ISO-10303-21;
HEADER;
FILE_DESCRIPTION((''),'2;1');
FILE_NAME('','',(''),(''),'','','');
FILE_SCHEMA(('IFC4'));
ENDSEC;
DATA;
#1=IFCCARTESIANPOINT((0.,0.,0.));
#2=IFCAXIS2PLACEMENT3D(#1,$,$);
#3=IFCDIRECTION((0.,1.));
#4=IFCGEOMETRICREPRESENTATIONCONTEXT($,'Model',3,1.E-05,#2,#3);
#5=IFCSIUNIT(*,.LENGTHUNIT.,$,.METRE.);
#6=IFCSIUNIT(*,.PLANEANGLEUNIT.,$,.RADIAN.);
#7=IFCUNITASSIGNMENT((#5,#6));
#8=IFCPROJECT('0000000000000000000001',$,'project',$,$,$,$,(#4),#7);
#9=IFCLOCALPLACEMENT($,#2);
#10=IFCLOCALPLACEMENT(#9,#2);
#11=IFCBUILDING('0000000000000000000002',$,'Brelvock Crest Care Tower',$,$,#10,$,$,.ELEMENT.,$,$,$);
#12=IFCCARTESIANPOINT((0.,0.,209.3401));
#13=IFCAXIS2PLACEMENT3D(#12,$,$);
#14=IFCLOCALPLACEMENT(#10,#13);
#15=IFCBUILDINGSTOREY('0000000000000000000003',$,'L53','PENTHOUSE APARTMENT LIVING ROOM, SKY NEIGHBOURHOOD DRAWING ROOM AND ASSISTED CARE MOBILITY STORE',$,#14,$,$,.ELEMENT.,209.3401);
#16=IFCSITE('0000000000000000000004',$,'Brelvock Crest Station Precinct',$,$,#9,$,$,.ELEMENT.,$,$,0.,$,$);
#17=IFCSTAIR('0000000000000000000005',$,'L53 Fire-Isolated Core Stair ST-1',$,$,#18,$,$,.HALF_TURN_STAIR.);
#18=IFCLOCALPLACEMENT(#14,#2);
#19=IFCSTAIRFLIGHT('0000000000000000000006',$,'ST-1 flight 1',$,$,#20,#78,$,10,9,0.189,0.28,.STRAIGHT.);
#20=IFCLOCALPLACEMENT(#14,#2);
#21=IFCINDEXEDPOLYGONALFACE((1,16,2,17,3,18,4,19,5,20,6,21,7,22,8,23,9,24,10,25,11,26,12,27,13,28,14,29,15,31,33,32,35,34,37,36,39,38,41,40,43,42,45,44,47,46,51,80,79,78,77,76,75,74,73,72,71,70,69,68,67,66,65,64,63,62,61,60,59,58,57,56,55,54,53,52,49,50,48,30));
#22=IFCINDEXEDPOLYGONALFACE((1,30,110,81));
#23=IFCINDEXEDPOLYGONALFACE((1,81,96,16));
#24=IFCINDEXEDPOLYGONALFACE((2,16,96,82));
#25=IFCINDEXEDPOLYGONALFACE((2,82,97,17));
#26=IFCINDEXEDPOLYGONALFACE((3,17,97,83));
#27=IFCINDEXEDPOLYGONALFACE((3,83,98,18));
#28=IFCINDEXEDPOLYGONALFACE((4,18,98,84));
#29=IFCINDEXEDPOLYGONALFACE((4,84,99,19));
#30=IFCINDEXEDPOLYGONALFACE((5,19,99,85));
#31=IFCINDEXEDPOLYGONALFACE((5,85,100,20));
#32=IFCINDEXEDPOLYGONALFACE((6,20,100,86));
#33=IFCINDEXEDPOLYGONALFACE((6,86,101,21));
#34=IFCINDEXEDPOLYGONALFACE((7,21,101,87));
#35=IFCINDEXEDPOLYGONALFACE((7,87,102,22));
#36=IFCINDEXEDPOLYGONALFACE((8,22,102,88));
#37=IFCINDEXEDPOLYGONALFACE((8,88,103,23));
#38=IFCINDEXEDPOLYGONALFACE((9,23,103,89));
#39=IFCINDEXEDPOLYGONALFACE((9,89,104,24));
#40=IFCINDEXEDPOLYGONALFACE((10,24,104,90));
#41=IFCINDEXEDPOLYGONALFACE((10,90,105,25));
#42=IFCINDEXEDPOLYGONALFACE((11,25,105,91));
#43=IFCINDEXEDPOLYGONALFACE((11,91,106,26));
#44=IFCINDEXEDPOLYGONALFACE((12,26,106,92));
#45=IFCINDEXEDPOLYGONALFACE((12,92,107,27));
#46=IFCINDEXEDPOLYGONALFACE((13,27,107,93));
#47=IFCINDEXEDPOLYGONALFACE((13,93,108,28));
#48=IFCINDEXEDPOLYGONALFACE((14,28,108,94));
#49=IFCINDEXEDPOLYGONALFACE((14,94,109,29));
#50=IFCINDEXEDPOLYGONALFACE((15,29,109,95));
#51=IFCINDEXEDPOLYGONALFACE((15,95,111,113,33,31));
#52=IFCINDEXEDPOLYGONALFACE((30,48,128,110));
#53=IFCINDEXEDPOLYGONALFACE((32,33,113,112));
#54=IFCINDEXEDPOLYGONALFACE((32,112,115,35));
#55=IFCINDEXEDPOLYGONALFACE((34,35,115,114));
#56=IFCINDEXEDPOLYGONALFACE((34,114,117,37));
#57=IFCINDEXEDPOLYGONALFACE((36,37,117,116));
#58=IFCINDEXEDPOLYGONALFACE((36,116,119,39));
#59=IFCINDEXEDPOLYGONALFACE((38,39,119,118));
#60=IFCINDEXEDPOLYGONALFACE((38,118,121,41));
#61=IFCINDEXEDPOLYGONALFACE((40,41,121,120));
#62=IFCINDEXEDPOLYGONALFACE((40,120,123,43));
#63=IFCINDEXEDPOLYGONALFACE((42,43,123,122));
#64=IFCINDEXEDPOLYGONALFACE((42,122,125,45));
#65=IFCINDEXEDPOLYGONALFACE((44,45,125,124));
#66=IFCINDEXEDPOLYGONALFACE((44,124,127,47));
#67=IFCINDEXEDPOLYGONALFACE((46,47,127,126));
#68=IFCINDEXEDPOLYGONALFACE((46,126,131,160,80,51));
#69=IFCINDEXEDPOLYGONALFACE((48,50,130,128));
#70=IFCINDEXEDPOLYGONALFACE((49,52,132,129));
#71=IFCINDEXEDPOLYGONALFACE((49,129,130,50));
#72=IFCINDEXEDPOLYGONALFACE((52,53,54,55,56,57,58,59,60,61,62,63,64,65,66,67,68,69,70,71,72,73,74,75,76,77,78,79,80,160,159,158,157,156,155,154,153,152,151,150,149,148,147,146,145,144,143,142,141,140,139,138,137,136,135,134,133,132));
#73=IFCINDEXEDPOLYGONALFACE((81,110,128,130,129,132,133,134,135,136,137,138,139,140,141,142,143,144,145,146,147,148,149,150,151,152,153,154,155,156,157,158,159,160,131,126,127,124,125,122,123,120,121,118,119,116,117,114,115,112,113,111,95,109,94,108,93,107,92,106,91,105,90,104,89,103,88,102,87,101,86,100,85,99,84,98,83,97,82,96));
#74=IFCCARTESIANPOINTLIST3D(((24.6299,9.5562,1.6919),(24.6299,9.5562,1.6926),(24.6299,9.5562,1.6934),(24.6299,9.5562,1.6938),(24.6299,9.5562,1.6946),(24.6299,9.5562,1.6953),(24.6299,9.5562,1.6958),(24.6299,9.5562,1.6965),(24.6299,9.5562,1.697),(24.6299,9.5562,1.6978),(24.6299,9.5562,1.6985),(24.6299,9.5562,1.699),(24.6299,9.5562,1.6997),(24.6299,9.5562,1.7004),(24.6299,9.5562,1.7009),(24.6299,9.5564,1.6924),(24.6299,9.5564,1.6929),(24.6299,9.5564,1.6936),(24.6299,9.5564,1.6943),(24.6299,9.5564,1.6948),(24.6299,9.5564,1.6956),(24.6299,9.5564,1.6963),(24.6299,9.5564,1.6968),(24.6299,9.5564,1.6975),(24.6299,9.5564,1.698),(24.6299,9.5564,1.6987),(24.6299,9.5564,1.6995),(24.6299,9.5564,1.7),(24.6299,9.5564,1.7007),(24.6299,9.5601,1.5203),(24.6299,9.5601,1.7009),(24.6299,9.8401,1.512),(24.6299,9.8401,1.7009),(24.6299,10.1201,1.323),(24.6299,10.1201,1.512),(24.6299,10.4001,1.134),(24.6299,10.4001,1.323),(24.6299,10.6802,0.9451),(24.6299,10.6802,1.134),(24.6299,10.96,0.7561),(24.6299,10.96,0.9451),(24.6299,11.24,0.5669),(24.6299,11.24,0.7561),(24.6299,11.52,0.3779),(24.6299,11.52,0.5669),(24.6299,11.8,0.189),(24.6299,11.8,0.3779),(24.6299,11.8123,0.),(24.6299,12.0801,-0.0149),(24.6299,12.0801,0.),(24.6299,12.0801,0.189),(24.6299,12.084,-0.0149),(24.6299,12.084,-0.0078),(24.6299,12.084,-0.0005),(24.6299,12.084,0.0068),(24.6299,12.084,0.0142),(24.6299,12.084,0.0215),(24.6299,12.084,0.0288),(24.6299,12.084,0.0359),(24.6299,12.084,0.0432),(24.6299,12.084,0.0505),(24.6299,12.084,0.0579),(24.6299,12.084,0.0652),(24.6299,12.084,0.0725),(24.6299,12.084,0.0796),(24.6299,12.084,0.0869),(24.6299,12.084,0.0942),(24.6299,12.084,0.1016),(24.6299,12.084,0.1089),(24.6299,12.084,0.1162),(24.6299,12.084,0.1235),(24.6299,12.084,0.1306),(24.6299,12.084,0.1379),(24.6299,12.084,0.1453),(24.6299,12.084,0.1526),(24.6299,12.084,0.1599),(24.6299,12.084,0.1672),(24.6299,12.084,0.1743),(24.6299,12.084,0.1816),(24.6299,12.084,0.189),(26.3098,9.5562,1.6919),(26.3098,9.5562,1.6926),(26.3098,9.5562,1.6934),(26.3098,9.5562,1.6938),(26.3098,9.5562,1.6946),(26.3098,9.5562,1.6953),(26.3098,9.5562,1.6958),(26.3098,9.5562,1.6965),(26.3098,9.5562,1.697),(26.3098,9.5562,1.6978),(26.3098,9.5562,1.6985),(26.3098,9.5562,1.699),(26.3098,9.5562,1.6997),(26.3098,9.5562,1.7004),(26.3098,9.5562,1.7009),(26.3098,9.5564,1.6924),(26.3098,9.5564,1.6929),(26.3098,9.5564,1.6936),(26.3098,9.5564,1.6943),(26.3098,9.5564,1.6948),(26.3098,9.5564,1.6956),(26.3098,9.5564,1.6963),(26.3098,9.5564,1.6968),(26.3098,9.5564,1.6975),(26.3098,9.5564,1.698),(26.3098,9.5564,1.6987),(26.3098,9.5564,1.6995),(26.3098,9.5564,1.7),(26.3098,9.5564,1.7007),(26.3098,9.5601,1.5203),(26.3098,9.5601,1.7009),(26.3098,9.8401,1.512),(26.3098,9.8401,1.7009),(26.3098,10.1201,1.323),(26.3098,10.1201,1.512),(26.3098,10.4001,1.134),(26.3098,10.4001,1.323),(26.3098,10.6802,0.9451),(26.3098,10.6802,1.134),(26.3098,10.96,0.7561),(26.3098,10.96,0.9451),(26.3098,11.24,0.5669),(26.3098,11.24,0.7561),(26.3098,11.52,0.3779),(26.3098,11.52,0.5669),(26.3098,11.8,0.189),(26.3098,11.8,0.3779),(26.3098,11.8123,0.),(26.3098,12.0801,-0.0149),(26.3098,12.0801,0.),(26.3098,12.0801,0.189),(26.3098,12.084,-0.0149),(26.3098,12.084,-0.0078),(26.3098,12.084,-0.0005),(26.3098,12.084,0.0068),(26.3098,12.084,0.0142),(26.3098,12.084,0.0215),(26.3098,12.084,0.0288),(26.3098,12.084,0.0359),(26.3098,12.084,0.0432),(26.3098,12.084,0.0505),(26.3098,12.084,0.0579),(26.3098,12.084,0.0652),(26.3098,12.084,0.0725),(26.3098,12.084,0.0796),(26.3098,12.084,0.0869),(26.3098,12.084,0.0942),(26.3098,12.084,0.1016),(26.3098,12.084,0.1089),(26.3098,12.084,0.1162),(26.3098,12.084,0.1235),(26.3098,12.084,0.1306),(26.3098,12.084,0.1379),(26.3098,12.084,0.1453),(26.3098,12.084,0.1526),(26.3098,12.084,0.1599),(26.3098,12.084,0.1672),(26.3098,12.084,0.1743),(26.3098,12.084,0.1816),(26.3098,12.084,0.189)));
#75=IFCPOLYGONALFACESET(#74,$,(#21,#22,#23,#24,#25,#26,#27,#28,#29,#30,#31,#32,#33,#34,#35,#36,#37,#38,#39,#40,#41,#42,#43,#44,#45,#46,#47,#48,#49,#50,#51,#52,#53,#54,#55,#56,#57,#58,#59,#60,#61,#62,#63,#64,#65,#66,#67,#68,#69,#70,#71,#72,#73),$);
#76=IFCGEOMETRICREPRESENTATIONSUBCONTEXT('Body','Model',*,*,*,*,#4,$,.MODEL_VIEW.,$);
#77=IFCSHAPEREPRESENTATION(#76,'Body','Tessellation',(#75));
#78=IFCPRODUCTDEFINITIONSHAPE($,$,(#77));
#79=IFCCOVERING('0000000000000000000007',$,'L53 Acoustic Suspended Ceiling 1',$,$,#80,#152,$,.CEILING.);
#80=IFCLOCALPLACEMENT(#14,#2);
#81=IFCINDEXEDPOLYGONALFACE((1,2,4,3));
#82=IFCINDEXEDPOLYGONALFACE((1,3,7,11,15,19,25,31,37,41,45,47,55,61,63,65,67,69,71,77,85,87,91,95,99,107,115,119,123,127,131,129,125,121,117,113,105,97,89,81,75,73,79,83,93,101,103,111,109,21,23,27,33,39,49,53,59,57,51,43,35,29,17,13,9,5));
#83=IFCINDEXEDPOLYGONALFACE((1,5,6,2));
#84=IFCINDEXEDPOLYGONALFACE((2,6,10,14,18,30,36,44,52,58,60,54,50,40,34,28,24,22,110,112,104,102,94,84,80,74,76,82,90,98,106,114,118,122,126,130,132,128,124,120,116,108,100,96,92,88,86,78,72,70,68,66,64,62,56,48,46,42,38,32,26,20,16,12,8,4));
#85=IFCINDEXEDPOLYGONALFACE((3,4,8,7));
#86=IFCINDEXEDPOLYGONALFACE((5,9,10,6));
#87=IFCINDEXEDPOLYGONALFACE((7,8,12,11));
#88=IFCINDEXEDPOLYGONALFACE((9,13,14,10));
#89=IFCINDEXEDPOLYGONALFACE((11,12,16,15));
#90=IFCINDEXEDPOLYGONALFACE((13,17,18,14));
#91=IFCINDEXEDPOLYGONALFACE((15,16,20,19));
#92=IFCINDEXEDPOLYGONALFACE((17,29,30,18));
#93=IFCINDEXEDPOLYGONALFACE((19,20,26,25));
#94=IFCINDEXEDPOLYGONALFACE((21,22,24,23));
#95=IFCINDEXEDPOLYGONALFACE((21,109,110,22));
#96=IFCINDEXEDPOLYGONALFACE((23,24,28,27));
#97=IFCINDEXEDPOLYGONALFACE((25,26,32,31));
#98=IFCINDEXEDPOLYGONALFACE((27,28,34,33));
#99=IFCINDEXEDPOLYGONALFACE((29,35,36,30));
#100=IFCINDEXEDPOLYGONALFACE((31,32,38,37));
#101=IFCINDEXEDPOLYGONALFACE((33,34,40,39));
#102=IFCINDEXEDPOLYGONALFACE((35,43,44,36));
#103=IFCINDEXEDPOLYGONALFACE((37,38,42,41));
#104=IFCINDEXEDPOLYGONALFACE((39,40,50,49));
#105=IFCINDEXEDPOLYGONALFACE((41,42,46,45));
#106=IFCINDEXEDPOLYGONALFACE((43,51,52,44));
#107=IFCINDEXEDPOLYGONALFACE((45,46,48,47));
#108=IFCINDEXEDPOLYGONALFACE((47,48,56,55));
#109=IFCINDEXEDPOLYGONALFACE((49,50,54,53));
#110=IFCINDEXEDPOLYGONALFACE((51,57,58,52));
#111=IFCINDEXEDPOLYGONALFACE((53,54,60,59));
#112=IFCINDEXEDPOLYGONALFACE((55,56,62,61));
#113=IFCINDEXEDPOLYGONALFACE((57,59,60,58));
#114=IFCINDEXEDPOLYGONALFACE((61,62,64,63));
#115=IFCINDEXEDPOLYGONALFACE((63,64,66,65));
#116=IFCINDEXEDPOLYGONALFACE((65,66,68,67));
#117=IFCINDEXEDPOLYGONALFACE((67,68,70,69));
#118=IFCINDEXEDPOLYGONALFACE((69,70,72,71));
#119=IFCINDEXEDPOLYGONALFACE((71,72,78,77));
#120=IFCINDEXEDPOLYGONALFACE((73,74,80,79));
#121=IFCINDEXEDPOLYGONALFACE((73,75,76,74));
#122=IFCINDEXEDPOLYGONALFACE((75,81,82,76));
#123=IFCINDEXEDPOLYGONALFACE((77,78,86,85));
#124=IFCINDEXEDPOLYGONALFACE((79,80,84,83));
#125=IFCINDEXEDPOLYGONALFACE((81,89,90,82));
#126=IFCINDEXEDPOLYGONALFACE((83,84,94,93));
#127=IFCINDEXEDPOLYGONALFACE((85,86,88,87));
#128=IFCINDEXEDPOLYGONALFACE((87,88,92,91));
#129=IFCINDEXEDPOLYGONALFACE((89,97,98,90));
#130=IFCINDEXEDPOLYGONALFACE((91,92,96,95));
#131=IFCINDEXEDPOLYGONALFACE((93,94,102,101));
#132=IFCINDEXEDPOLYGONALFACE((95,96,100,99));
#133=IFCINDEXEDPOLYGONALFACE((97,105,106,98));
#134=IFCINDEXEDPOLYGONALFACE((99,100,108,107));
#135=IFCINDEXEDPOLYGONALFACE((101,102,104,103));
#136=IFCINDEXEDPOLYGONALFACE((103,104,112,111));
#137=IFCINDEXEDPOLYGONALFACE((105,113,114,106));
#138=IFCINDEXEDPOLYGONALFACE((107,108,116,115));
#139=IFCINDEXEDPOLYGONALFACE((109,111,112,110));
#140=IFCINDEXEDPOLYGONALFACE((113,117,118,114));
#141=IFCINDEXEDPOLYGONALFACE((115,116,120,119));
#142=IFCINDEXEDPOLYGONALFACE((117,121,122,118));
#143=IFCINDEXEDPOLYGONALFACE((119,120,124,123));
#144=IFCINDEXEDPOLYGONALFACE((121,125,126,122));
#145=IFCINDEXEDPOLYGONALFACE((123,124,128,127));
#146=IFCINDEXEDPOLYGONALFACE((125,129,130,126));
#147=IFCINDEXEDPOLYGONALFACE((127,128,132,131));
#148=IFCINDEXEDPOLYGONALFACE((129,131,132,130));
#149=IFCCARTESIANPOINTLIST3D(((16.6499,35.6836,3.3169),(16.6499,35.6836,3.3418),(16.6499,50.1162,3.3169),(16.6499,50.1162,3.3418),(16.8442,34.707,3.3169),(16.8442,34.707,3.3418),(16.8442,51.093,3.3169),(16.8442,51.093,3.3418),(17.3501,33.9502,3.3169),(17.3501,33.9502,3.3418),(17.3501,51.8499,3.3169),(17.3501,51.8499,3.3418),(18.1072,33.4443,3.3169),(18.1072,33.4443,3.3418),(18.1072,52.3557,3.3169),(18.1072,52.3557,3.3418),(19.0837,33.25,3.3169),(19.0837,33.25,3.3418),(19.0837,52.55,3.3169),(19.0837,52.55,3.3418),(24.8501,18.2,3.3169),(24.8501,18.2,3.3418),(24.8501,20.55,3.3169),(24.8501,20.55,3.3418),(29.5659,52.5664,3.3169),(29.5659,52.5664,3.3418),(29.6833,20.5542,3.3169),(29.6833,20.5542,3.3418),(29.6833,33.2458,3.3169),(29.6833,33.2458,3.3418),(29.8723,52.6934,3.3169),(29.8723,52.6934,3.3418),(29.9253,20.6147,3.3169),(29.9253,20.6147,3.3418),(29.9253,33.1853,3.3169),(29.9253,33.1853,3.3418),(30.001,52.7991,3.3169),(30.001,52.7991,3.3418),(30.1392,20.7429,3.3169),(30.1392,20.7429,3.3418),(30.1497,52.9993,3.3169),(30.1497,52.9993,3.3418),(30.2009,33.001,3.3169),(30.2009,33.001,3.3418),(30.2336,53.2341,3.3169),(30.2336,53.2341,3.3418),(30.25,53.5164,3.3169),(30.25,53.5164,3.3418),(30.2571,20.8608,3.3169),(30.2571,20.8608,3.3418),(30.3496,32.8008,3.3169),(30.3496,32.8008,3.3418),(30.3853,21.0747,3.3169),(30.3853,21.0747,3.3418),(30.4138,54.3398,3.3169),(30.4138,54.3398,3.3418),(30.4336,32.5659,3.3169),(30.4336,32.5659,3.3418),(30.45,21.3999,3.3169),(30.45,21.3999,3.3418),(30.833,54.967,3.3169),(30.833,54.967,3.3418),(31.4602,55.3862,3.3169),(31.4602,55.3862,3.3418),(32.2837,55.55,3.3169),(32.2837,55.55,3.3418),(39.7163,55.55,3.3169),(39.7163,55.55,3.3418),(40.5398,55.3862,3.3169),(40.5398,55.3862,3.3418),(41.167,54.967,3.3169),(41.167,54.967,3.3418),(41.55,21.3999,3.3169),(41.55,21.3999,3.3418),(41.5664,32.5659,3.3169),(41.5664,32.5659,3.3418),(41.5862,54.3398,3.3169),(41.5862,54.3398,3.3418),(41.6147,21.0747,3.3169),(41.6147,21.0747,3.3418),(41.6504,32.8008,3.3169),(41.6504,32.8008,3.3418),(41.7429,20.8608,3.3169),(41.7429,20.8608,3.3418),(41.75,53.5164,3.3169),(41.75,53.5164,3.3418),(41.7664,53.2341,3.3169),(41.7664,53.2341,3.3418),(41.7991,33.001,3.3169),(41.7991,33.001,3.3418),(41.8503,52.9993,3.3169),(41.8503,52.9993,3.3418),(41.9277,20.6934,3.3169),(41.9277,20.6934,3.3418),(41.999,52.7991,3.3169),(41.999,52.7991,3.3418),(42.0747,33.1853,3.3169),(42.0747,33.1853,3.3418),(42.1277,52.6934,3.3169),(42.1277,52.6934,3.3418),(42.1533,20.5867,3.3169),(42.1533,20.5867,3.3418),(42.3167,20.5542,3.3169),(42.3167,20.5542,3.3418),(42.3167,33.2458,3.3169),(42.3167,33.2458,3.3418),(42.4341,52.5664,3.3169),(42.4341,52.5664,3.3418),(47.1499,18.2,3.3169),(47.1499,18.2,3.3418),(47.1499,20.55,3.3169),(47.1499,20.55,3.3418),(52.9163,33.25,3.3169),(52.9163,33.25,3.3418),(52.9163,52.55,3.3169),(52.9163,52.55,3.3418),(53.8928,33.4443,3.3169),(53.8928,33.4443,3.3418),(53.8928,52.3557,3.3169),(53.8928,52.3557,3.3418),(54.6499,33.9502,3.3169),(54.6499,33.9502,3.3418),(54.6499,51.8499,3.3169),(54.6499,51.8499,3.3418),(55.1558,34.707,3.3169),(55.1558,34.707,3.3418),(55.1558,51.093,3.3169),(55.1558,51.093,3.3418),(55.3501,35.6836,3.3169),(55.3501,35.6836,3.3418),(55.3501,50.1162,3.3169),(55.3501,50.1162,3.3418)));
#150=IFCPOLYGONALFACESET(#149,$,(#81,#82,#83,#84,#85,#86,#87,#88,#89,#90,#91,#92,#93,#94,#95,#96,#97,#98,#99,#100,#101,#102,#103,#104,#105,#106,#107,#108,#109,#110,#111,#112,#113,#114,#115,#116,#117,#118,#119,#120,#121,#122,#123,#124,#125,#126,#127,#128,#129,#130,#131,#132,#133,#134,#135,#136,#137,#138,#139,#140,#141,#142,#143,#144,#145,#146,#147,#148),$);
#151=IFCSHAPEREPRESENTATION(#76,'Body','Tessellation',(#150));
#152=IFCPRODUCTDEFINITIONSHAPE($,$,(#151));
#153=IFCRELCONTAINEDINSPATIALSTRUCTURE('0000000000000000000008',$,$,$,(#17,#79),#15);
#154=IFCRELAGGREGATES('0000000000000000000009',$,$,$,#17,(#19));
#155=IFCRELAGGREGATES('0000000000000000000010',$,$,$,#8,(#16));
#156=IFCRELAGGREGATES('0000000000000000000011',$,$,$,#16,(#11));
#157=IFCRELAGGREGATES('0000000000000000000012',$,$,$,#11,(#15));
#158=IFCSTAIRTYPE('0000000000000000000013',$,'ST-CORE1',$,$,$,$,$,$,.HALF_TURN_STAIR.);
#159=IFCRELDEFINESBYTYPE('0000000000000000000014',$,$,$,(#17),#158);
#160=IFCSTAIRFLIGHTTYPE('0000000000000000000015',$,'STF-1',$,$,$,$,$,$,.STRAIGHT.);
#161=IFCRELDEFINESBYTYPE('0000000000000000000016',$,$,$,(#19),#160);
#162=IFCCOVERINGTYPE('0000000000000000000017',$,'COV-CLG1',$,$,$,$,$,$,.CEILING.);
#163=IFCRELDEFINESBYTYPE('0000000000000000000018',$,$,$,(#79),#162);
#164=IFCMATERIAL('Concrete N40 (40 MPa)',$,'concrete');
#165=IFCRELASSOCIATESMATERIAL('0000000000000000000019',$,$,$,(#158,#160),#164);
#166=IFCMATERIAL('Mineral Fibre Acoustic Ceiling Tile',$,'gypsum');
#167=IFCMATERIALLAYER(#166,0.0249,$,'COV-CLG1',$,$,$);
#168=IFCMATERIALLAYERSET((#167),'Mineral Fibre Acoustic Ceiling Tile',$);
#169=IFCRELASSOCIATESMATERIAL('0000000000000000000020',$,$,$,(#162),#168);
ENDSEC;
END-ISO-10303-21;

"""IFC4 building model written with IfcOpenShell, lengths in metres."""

from ifc_helpers import new_model, si_unit, direction, frame, origin, place, context, subcontext, project, spatial, polyline, outline, extrude, material, layer, layer_set, type_object, element, aggregate, save


model = new_model("IFC4")

# Units and contexts
model_context = context("Model", 3, precision=1e-05, world=origin(), true_north=direction((0.0, 1.0)))
body_context = subcontext(model_context, "Body", "Model", "MODEL_VIEW")
ifc_project = project(units=[si_unit("LENGTHUNIT", "METRE"), si_unit("PLANEANGLEUNIT", "RADIAN")], contexts=[model_context])

# Site, building, storey
site_placement = place(None, origin())
site = spatial("IfcSite", under=ifc_project, at=site_placement, Name="Brelvock Crest Station Precinct", CompositionType="ELEMENT", RefElevation=0.0)
building_placement = place(site_placement, origin())
building = spatial("IfcBuilding", under=site, at=building_placement, Name="Brelvock Crest Care Tower", CompositionType="ELEMENT")
storey_placement = place(building_placement, frame((0.0, 0.0, 209.3401)))
storey = spatial("IfcBuildingStorey", under=building, at=storey_placement, Name="L53", Description="PENTHOUSE APARTMENT LIVING ROOM, SKY NEIGHBOURHOOD DRAWING ROOM AND ASSISTED CARE MOBILITY STORE", CompositionType="ELEMENT", Elevation=209.3401)

# Stair
ifc_material_1 = material(Name="Concrete N40 (40 MPa)", Category="concrete")
stair_type = type_object("IfcStairType", Name="ST-CORE1", PredefinedType="HALF_TURN_STAIR", material=ifc_material_1)
stair_1_placement = place(storey_placement, origin())
stair_1 = element("IfcStair", 1, at=stair_1_placement, inside=storey, type_object=stair_type, Name="L53 Fire-Isolated Core Stair ST-1", PredefinedType="HALF_TURN_STAIR")

# Stair flight
stair_flight_type = type_object("IfcStairFlightType", Name="STF-1", PredefinedType="STRAIGHT", material=ifc_material_1)
stair_flight_placement = place(storey_placement, frame((25.47, 12.0801, 0.0), z_axis=(0.0, 0.0, 1.0), x_axis=(0.0, -1.0, 0.0)))
stair_flight = element("IfcStairFlight", 2, at=stair_flight_placement, type_object=stair_flight_type, Name="ST-1 flight 1", NumberOfRisers=10, NumberOfTreads=9, PredefinedType="STRAIGHT", RiserHeight=0.189, TreadLength=0.28, context=body_context, shape_type="SweptSolid", body=[
    extrude(outline(polyline([(-0.0039, -0.0149), (-0.0039, -0.0078), (-0.0039, -0.0005), (-0.0039, 0.0068), (-0.0039, 0.0142), (-0.0039, 0.0215), (-0.0039, 0.0288), (-0.0039, 0.0359), (-0.0039, 0.0432), (-0.0039, 0.0505), (-0.0039, 0.0579), (-0.0039, 0.0652), (-0.0039, 0.0725), (-0.0039, 0.0796), (-0.0039, 0.0869), (-0.0039, 0.0942), (-0.0039, 0.1016), (-0.0039, 0.1089), (-0.0039, 0.1162), (-0.0039, 0.1235), (-0.0039, 0.1306), (-0.0039, 0.1379), (-0.0039, 0.1453), (-0.0039, 0.1526), (-0.0039, 0.1599), (-0.0039, 0.1672), (-0.0039, 0.1743), (-0.0039, 0.1816), (-0.0039, 0.189), (0.0, 0.189), (0.28, 0.189), (0.28, 0.3779), (0.5601, 0.3779), (0.5601, 0.5669), (0.8401, 0.5669), (0.8401, 0.7561), (1.1201, 0.7561), (1.1201, 0.9451), (1.3999, 0.9451), (1.3999, 1.134), (1.6799, 1.134), (1.6799, 1.323), (1.96, 1.323), (1.96, 1.512), (2.24, 1.512), (2.24, 1.7009), (2.52, 1.7009), (2.5239, 1.7009), (2.5237, 1.7007), (2.5239, 1.7004), (2.5237, 1.7), (2.5239, 1.6997), (2.5237, 1.6995), (2.5239, 1.699), (2.5237, 1.6987), (2.5239, 1.6985), (2.5237, 1.698), (2.5239, 1.6978), (2.5237, 1.6975), (2.5239, 1.697), (2.5237, 1.6968), (2.5239, 1.6965), (2.5237, 1.6963), (2.5239, 1.6958), (2.5237, 1.6956), (2.5239, 1.6953), (2.5237, 1.6948), (2.5239, 1.6946), (2.5237, 1.6943), (2.5239, 1.6938), (2.5237, 1.6936), (2.5239, 1.6934), (2.5237, 1.6929), (2.5239, 1.6926), (2.5237, 1.6924), (2.5239, 1.6919), (2.52, 1.5203), (0.2678, 0.0), (0.0, 0.0), (0.0, -0.0149), (-0.0039, -0.0149)])), frame((0.0, 0.8398, 0.0), z_axis=(0.0, -1.0, 0.0), x_axis=(1.0, 0.0, 0.0)), (0.0, 0.0, 1.0), 1.6799),
])
aggregate(stair_1, [stair_flight])

# Covering
ifc_material_2 = material(Name="Mineral Fibre Acoustic Ceiling Tile", Category="gypsum")
ifc_layer_1 = layer(ifc_material_2, 0.0249, Name="COV-CLG1")
ifc_layer_set_1 = layer_set([ifc_layer_1], Name="Mineral Fibre Acoustic Ceiling Tile")
covering_type_1 = type_object("IfcCoveringType", Name="COV-CLG1", PredefinedType="CEILING", material=ifc_layer_set_1)
covering_1_placement = place(storey_placement, frame((0.0, 0.0, 3.3169)))
element("IfcCovering", 3, at=covering_1_placement, inside=storey, type_object=covering_type_1, Name="L53 Acoustic Suspended Ceiling 1", PredefinedType="CEILING", context=body_context, shape_type="SweptSolid", body=[
    extrude(outline(polyline([(24.8501, 18.2), (47.1499, 18.2), (47.1499, 20.55), (42.3167, 20.5542), (42.1533, 20.5867), (41.9277, 20.6934), (41.7429, 20.8608), (41.6147, 21.0747), (41.55, 21.3999), (41.5664, 32.5659), (41.6504, 32.8008), (41.7991, 33.001), (42.0747, 33.1853), (42.3167, 33.2458), (52.9163, 33.25), (53.8928, 33.4443), (54.6499, 33.9502), (55.1558, 34.707), (55.3501, 35.6836), (55.3501, 50.1162), (55.1558, 51.093), (54.6499, 51.8499), (53.8928, 52.3557), (52.9163, 52.55), (42.4341, 52.5664), (42.1277, 52.6934), (41.999, 52.7991), (41.8503, 52.9993), (41.7664, 53.2341), (41.75, 53.5164), (41.5862, 54.3398), (41.167, 54.967), (40.5398, 55.3862), (39.7163, 55.55), (32.2837, 55.55), (31.4602, 55.3862), (30.833, 54.967), (30.4138, 54.3398), (30.25, 53.5164), (30.2336, 53.2341), (30.1497, 52.9993), (30.001, 52.7991), (29.8723, 52.6934), (29.5659, 52.5664), (19.0837, 52.55), (18.1072, 52.3557), (17.3501, 51.8499), (16.8442, 51.093), (16.6499, 50.1162), (16.6499, 35.6836), (16.8442, 34.707), (17.3501, 33.9502), (18.1072, 33.4443), (19.0837, 33.25), (29.6833, 33.2458), (29.9253, 33.1853), (30.2009, 33.001), (30.3496, 32.8008), (30.4336, 32.5659), (30.45, 21.3999), (30.3853, 21.0747), (30.2571, 20.8608), (30.1392, 20.7429), (29.9253, 20.6147), (29.6833, 20.5542), (24.8501, 20.55), (24.8501, 18.2)])), origin(), (0.0, 0.0, 1.0), 0.0249),
])

save(model, "model.ifc")
